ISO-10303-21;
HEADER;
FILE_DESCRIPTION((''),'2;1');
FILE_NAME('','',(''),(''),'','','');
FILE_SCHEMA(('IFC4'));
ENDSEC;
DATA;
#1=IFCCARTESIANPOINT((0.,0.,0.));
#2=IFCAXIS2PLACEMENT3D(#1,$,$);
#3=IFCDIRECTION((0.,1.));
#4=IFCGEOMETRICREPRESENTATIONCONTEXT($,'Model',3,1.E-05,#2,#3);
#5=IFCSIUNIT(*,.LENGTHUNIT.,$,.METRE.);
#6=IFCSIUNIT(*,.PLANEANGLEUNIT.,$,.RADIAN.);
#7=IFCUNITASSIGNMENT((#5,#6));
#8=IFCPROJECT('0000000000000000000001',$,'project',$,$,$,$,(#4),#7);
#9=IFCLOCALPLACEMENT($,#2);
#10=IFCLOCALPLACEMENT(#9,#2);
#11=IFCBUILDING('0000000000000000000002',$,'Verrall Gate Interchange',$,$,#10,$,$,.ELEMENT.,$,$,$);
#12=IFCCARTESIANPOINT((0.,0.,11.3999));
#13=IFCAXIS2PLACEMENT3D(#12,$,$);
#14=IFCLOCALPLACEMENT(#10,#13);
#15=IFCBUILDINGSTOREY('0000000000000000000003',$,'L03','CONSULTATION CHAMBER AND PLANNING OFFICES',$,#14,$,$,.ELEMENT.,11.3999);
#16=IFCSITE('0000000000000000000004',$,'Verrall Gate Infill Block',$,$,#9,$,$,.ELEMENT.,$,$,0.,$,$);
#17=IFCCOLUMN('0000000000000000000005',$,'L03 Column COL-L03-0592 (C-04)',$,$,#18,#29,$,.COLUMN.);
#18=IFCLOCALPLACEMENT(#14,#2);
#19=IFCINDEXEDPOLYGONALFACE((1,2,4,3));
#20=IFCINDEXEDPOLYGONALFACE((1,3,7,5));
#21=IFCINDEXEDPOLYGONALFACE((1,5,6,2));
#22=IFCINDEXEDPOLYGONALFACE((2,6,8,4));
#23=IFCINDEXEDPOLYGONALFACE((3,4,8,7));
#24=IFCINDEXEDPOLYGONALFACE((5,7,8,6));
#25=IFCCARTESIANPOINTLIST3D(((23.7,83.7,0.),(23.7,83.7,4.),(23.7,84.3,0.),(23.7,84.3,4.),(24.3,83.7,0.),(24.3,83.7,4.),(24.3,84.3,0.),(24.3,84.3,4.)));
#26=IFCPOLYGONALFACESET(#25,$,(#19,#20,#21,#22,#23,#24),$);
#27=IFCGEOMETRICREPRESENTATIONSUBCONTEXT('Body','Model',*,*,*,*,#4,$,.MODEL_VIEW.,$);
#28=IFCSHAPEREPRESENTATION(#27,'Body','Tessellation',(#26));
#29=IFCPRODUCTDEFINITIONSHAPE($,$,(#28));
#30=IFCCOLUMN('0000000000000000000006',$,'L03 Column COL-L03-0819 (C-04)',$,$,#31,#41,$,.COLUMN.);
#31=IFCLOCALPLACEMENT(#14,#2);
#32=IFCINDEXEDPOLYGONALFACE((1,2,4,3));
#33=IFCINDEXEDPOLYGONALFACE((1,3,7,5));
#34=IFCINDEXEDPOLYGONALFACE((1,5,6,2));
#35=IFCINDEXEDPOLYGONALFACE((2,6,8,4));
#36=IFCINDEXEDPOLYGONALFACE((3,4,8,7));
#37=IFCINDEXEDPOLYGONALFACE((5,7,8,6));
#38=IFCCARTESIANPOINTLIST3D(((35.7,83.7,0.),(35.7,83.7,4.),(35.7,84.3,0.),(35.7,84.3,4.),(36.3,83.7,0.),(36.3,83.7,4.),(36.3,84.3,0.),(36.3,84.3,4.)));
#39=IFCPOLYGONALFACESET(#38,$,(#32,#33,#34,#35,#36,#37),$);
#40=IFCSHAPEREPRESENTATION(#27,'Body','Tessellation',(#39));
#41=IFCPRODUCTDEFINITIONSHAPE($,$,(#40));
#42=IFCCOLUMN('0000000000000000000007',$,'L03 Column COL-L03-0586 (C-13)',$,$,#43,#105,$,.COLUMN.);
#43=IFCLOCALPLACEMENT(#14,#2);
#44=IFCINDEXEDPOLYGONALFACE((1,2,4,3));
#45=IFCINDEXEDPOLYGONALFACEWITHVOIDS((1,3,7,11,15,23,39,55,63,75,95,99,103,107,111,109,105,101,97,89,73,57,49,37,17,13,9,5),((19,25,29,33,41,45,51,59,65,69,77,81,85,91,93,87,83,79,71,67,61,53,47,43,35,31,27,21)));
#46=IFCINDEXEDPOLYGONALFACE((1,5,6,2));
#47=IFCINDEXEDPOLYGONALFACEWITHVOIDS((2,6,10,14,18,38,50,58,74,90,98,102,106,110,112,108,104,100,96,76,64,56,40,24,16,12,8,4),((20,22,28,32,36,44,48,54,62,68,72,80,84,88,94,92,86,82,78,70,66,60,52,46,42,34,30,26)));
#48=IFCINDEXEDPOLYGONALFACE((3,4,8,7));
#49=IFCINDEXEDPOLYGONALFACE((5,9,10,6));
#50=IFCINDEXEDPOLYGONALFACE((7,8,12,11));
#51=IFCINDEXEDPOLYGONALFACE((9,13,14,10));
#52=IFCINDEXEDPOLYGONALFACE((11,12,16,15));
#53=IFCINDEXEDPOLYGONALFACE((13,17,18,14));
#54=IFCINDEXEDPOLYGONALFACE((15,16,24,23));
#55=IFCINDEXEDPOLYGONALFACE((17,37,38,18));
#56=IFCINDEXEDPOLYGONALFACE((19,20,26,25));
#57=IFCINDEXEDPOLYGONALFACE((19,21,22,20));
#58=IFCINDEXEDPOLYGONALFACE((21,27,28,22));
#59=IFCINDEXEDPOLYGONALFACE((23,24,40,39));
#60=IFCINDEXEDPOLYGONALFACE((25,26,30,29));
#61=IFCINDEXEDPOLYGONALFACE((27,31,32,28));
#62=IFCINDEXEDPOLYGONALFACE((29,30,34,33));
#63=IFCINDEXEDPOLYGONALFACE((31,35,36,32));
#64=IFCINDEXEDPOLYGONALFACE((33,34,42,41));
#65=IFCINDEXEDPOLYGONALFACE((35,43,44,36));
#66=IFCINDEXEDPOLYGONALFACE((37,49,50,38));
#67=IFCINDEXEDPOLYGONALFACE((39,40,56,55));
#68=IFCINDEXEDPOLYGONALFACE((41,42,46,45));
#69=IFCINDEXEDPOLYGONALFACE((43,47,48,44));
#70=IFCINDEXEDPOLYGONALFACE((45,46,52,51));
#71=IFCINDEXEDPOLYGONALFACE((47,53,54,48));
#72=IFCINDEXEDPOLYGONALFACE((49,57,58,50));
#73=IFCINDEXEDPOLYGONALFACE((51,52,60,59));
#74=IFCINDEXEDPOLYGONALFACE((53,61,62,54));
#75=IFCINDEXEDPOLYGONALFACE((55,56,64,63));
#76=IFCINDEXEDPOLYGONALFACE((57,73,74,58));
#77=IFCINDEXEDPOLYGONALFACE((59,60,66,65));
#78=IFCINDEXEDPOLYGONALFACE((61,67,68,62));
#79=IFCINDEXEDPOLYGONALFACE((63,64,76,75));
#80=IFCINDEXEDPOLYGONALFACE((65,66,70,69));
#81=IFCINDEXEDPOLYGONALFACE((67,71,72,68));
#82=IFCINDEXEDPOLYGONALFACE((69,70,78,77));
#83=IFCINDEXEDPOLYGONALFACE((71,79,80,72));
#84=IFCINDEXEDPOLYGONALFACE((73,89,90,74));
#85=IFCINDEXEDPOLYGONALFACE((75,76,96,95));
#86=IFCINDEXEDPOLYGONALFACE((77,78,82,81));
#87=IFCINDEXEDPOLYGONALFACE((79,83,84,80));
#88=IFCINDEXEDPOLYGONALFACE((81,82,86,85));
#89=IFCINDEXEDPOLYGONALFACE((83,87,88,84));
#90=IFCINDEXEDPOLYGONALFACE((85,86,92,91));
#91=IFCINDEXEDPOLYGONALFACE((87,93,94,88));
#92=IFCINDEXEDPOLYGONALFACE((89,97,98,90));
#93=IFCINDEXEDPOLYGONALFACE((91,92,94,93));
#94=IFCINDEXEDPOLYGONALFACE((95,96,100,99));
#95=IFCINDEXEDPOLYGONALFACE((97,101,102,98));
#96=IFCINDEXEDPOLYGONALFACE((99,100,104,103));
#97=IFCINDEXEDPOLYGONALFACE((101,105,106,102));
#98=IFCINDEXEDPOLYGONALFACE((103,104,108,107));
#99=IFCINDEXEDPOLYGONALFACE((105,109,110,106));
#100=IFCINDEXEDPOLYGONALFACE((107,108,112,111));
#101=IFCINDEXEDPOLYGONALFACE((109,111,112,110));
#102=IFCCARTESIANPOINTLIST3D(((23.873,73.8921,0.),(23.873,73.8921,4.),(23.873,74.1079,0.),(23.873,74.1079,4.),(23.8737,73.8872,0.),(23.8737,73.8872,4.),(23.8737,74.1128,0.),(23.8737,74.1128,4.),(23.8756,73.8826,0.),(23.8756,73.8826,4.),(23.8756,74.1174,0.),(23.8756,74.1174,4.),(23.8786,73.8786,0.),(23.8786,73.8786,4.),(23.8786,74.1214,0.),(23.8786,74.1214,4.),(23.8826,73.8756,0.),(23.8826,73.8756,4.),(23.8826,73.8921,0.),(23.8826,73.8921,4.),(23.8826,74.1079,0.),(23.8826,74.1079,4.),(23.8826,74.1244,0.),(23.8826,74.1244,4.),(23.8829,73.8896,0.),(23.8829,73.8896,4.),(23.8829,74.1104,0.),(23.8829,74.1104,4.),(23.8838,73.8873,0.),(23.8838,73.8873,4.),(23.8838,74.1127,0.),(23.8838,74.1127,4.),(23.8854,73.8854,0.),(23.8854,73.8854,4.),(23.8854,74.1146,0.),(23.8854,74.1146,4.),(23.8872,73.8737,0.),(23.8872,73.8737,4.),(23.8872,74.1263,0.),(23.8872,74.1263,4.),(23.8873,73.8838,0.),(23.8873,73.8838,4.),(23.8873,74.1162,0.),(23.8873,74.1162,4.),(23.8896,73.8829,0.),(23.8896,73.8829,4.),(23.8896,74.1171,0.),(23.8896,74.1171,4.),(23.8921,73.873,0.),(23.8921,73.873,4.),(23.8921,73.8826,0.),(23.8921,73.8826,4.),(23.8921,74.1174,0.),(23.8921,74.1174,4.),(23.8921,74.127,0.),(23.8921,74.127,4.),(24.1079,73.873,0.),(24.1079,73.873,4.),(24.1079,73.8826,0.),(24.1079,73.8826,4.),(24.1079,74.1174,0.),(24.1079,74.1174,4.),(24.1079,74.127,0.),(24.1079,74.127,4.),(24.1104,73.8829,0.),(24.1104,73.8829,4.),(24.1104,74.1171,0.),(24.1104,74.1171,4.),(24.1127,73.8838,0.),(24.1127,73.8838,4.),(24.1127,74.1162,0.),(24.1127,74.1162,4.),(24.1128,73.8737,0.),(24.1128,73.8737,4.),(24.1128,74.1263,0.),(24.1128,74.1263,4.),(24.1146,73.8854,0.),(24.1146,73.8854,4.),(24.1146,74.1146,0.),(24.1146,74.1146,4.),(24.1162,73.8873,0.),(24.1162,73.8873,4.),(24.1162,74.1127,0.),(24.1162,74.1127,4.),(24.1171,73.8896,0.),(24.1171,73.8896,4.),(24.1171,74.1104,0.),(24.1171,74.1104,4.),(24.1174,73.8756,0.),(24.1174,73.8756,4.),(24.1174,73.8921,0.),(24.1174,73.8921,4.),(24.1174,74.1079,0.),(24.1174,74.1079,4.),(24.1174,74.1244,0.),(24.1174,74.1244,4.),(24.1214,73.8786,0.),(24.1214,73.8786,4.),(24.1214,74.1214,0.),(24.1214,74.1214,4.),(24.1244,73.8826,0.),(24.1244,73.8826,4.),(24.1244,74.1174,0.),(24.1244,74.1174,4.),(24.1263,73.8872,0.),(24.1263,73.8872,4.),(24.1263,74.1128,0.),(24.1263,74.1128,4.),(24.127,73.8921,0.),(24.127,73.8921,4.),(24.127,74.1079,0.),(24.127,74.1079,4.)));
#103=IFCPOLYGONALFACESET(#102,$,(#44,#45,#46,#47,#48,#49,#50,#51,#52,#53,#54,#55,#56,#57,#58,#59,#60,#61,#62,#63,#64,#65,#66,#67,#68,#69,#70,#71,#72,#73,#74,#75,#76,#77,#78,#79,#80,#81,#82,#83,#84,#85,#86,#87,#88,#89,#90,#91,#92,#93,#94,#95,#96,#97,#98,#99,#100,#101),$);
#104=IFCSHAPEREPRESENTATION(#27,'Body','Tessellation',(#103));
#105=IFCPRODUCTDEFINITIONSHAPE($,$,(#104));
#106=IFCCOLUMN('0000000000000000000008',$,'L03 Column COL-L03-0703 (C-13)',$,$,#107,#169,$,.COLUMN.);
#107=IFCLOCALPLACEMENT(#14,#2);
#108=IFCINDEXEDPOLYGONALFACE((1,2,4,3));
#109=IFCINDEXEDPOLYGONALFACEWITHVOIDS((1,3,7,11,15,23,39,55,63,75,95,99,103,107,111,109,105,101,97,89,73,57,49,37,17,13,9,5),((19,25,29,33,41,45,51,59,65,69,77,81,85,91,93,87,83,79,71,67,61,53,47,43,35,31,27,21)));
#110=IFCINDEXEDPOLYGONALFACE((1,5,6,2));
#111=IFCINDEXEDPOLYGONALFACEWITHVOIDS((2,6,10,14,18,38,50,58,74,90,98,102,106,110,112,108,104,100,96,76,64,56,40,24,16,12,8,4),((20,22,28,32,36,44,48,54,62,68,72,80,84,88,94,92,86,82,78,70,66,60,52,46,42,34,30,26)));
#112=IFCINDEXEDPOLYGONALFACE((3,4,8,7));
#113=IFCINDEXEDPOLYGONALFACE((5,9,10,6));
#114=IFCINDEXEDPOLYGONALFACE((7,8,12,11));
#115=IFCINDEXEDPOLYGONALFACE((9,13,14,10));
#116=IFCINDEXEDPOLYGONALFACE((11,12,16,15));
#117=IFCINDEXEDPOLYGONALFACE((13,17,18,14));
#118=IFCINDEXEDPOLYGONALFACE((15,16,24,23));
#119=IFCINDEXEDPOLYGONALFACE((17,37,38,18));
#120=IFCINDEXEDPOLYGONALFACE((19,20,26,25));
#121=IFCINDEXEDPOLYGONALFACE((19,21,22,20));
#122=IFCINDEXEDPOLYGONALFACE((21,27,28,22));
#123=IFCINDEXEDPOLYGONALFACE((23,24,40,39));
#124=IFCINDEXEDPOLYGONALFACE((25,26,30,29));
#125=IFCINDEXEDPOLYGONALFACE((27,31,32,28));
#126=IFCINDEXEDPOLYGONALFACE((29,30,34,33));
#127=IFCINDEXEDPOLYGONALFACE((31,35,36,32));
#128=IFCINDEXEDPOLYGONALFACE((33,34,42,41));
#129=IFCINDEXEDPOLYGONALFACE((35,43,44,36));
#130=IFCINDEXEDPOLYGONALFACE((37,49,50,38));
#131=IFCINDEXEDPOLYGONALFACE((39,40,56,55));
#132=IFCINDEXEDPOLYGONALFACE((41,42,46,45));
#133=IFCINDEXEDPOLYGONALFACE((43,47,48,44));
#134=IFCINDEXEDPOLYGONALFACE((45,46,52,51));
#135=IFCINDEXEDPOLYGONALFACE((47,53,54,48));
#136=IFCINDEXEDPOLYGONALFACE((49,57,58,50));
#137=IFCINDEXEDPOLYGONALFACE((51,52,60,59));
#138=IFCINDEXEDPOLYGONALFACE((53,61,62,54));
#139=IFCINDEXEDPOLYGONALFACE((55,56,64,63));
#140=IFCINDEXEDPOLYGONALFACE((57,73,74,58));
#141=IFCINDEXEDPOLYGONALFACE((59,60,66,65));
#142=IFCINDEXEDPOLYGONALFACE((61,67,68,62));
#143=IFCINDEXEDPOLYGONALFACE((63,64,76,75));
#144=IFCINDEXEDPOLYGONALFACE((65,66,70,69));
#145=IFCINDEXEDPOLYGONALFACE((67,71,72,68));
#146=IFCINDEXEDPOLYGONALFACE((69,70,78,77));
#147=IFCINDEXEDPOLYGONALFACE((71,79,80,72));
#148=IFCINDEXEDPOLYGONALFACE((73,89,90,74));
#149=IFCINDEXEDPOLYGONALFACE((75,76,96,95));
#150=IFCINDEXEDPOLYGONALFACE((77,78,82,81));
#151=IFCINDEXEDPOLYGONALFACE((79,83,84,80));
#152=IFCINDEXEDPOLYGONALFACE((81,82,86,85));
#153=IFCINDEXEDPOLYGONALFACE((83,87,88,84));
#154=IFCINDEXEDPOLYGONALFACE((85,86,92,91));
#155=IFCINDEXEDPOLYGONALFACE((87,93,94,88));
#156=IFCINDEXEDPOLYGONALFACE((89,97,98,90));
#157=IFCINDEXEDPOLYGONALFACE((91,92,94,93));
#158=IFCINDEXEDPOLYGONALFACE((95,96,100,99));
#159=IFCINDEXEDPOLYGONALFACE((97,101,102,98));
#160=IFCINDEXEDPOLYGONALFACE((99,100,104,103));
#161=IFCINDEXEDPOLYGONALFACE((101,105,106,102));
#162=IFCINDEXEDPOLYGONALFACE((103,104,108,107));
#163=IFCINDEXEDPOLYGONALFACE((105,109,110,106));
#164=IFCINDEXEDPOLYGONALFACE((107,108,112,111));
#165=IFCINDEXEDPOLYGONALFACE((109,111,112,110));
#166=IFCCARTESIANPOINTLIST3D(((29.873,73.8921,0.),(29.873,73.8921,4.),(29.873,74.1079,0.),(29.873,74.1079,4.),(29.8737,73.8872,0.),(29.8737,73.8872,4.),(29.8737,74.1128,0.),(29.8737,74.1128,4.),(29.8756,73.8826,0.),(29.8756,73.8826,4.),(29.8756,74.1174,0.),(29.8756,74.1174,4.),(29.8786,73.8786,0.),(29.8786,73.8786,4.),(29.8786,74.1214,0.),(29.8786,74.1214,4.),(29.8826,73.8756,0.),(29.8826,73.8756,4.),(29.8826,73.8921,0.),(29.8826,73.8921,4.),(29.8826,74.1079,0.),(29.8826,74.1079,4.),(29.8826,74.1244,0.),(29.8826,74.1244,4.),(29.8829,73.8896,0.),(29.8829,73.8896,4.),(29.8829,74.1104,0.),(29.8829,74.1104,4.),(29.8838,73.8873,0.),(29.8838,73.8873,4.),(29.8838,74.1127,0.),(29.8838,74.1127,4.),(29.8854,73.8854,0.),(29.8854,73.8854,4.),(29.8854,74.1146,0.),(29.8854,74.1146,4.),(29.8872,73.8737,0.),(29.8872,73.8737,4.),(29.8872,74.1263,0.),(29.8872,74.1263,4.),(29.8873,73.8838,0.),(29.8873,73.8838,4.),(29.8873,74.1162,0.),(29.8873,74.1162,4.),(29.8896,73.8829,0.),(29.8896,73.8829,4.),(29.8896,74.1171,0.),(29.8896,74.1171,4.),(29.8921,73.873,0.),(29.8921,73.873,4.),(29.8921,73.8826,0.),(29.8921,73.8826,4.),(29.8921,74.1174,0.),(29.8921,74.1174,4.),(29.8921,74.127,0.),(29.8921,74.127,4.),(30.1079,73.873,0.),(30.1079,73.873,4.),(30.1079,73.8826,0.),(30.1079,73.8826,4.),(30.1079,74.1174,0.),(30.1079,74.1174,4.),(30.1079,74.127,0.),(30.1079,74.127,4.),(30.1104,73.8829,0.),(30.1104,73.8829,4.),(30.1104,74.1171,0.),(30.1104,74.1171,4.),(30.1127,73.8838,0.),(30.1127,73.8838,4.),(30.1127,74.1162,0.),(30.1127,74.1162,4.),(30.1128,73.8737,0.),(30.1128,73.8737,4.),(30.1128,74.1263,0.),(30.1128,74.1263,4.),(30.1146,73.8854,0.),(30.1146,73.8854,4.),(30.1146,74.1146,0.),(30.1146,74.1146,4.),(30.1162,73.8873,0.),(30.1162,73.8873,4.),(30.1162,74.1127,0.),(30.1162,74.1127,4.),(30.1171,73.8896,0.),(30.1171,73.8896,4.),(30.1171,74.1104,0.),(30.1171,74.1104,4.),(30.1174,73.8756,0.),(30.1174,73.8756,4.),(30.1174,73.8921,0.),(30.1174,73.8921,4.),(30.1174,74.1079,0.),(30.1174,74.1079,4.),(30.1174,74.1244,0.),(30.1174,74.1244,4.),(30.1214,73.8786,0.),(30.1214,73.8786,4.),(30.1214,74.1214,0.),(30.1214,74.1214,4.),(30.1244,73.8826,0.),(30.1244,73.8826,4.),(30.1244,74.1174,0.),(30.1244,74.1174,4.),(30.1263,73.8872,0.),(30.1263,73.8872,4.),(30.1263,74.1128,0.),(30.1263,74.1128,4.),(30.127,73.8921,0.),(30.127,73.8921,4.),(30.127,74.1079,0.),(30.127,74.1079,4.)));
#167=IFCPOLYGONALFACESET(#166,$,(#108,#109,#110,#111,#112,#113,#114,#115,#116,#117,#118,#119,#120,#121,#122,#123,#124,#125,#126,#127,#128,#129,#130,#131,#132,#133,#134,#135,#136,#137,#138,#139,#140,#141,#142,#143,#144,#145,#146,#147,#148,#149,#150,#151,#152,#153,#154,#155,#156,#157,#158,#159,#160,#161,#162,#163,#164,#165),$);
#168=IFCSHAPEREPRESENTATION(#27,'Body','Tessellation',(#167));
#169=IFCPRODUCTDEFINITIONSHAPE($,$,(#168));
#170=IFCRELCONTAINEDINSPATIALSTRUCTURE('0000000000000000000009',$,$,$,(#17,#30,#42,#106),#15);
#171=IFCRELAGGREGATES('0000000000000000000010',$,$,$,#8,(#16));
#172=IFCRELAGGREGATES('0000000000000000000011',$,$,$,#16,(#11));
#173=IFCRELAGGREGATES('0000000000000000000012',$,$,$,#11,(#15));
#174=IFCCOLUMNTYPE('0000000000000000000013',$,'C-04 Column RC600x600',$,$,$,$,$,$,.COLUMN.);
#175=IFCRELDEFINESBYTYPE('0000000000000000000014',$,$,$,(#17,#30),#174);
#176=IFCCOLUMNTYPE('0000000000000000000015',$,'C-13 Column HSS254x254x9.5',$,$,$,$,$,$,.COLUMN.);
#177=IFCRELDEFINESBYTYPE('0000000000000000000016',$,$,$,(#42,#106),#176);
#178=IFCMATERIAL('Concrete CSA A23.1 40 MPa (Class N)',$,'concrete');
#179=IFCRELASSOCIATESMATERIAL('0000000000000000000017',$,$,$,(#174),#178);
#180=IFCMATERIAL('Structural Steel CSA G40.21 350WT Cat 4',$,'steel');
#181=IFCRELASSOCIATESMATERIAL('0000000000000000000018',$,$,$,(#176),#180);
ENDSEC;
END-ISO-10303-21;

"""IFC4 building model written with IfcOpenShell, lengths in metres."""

from ifc_helpers import new_model, si_unit, direction, frame, origin, origin_2d, place, context, subcontext, project, spatial, rectangle, hollow_rectangle, extrude, material, material_profile, profile_set, type_object, element, save


model = new_model("IFC4")

# Units and contexts
model_context = context("Model", 3, precision=1e-05, world=origin(), true_north=direction((0.0, 1.0)))
body_context = subcontext(model_context, "Body", "Model", "MODEL_VIEW")
ifc_project = project(units=[si_unit("LENGTHUNIT", "METRE"), si_unit("PLANEANGLEUNIT", "RADIAN")], contexts=[model_context])

# Site, building, storey
site_placement = place(None, origin())
site = spatial("IfcSite", under=ifc_project, at=site_placement, Name="Verrall Gate Infill Block", CompositionType="ELEMENT", RefElevation=0.0)
building_placement = place(site_placement, origin())
building = spatial("IfcBuilding", under=site, at=building_placement, Name="Verrall Gate Interchange", CompositionType="ELEMENT")
storey_placement = place(building_placement, frame((0.0, 0.0, 11.3999)))
storey = spatial("IfcBuildingStorey", under=building, at=storey_placement, Name="L03", Description="CONSULTATION CHAMBER AND PLANNING OFFICES", CompositionType="ELEMENT", Elevation=11.3999)

# Columns
ifc_material_1 = material(Name="Concrete CSA A23.1 40 MPa (Class N)", Category="concrete")
ifc_material_profile_1 = material_profile(ifc_material_1, rectangle(XDim=0.6001, YDim=0.6001, at=origin_2d()), Name="RC600x600")
ifc_profile_set_1 = profile_set([ifc_material_profile_1], Name="Concrete CSA A23.1 40 MPa (Class N)")
column_type_1 = type_object("IfcColumnType", Name="C-04 Column RC600x600", PredefinedType="COLUMN", material=ifc_profile_set_1)
for number, where, z_axis, x_axis, name in (
    (1, (24.0, 84.0, 0.0), (0.0, 0.0, 1.0), (1.0, 0.0, 0.0), "L03 Column COL-L03-0592 (C-04)"),
    (2, (36.0, 84.0, 0.0), (0.0, 0.0, 1.0), (1.0, 0.0, 0.0), "L03 Column COL-L03-0819 (C-04)"),
):
    element("IfcColumn", number, at=place(storey_placement, frame(where, z_axis=z_axis, x_axis=x_axis)), inside=storey, type_object=column_type_1, Name=name, PredefinedType="COLUMN", context=body_context, shape_type="SweptSolid", body=[
        extrude(rectangle(XDim=0.6001, YDim=0.6001, at=origin_2d()), origin(), (0.0, 0.0, 1.0), 4.0),
    ])
ifc_material_2 = material(Name="Structural Steel CSA G40.21 350WT Cat 4", Category="steel")
ifc_material_profile_2 = material_profile(ifc_material_2, hollow_rectangle(XDim=0.2539, YDim=0.2539, WallThickness=0.0095, InnerFilletRadius=0.0095, OuterFilletRadius=0.019, at=origin_2d()), Name="HSS254x254x9.5")
ifc_profile_set_2 = profile_set([ifc_material_profile_2], Name="Structural Steel CSA G40.21 350WT Cat 4")
column_type_2 = type_object("IfcColumnType", Name="C-13 Column HSS254x254x9.5", PredefinedType="COLUMN", material=ifc_profile_set_2)
for number, where, z_axis, x_axis, name in (
    (3, (24.0, 74.0, 0.0), (0.0, 0.0, 1.0), (1.0, 0.0, 0.0), "L03 Column COL-L03-0586 (C-13)"),
    (4, (30.0, 74.0, 0.0), (0.0, 0.0, 1.0), (1.0, 0.0, 0.0), "L03 Column COL-L03-0703 (C-13)"),
):
    element("IfcColumn", number, at=place(storey_placement, frame(where, z_axis=z_axis, x_axis=x_axis)), inside=storey, type_object=column_type_2, Name=name, PredefinedType="COLUMN", context=body_context, shape_type="SweptSolid", body=[
        extrude(hollow_rectangle(XDim=0.2539, YDim=0.2539, WallThickness=0.0095, InnerFilletRadius=0.0095, OuterFilletRadius=0.019, at=origin_2d()), origin(), (0.0, 0.0, 1.0), 4.0),
    ])

save(model, "model.ifc")
